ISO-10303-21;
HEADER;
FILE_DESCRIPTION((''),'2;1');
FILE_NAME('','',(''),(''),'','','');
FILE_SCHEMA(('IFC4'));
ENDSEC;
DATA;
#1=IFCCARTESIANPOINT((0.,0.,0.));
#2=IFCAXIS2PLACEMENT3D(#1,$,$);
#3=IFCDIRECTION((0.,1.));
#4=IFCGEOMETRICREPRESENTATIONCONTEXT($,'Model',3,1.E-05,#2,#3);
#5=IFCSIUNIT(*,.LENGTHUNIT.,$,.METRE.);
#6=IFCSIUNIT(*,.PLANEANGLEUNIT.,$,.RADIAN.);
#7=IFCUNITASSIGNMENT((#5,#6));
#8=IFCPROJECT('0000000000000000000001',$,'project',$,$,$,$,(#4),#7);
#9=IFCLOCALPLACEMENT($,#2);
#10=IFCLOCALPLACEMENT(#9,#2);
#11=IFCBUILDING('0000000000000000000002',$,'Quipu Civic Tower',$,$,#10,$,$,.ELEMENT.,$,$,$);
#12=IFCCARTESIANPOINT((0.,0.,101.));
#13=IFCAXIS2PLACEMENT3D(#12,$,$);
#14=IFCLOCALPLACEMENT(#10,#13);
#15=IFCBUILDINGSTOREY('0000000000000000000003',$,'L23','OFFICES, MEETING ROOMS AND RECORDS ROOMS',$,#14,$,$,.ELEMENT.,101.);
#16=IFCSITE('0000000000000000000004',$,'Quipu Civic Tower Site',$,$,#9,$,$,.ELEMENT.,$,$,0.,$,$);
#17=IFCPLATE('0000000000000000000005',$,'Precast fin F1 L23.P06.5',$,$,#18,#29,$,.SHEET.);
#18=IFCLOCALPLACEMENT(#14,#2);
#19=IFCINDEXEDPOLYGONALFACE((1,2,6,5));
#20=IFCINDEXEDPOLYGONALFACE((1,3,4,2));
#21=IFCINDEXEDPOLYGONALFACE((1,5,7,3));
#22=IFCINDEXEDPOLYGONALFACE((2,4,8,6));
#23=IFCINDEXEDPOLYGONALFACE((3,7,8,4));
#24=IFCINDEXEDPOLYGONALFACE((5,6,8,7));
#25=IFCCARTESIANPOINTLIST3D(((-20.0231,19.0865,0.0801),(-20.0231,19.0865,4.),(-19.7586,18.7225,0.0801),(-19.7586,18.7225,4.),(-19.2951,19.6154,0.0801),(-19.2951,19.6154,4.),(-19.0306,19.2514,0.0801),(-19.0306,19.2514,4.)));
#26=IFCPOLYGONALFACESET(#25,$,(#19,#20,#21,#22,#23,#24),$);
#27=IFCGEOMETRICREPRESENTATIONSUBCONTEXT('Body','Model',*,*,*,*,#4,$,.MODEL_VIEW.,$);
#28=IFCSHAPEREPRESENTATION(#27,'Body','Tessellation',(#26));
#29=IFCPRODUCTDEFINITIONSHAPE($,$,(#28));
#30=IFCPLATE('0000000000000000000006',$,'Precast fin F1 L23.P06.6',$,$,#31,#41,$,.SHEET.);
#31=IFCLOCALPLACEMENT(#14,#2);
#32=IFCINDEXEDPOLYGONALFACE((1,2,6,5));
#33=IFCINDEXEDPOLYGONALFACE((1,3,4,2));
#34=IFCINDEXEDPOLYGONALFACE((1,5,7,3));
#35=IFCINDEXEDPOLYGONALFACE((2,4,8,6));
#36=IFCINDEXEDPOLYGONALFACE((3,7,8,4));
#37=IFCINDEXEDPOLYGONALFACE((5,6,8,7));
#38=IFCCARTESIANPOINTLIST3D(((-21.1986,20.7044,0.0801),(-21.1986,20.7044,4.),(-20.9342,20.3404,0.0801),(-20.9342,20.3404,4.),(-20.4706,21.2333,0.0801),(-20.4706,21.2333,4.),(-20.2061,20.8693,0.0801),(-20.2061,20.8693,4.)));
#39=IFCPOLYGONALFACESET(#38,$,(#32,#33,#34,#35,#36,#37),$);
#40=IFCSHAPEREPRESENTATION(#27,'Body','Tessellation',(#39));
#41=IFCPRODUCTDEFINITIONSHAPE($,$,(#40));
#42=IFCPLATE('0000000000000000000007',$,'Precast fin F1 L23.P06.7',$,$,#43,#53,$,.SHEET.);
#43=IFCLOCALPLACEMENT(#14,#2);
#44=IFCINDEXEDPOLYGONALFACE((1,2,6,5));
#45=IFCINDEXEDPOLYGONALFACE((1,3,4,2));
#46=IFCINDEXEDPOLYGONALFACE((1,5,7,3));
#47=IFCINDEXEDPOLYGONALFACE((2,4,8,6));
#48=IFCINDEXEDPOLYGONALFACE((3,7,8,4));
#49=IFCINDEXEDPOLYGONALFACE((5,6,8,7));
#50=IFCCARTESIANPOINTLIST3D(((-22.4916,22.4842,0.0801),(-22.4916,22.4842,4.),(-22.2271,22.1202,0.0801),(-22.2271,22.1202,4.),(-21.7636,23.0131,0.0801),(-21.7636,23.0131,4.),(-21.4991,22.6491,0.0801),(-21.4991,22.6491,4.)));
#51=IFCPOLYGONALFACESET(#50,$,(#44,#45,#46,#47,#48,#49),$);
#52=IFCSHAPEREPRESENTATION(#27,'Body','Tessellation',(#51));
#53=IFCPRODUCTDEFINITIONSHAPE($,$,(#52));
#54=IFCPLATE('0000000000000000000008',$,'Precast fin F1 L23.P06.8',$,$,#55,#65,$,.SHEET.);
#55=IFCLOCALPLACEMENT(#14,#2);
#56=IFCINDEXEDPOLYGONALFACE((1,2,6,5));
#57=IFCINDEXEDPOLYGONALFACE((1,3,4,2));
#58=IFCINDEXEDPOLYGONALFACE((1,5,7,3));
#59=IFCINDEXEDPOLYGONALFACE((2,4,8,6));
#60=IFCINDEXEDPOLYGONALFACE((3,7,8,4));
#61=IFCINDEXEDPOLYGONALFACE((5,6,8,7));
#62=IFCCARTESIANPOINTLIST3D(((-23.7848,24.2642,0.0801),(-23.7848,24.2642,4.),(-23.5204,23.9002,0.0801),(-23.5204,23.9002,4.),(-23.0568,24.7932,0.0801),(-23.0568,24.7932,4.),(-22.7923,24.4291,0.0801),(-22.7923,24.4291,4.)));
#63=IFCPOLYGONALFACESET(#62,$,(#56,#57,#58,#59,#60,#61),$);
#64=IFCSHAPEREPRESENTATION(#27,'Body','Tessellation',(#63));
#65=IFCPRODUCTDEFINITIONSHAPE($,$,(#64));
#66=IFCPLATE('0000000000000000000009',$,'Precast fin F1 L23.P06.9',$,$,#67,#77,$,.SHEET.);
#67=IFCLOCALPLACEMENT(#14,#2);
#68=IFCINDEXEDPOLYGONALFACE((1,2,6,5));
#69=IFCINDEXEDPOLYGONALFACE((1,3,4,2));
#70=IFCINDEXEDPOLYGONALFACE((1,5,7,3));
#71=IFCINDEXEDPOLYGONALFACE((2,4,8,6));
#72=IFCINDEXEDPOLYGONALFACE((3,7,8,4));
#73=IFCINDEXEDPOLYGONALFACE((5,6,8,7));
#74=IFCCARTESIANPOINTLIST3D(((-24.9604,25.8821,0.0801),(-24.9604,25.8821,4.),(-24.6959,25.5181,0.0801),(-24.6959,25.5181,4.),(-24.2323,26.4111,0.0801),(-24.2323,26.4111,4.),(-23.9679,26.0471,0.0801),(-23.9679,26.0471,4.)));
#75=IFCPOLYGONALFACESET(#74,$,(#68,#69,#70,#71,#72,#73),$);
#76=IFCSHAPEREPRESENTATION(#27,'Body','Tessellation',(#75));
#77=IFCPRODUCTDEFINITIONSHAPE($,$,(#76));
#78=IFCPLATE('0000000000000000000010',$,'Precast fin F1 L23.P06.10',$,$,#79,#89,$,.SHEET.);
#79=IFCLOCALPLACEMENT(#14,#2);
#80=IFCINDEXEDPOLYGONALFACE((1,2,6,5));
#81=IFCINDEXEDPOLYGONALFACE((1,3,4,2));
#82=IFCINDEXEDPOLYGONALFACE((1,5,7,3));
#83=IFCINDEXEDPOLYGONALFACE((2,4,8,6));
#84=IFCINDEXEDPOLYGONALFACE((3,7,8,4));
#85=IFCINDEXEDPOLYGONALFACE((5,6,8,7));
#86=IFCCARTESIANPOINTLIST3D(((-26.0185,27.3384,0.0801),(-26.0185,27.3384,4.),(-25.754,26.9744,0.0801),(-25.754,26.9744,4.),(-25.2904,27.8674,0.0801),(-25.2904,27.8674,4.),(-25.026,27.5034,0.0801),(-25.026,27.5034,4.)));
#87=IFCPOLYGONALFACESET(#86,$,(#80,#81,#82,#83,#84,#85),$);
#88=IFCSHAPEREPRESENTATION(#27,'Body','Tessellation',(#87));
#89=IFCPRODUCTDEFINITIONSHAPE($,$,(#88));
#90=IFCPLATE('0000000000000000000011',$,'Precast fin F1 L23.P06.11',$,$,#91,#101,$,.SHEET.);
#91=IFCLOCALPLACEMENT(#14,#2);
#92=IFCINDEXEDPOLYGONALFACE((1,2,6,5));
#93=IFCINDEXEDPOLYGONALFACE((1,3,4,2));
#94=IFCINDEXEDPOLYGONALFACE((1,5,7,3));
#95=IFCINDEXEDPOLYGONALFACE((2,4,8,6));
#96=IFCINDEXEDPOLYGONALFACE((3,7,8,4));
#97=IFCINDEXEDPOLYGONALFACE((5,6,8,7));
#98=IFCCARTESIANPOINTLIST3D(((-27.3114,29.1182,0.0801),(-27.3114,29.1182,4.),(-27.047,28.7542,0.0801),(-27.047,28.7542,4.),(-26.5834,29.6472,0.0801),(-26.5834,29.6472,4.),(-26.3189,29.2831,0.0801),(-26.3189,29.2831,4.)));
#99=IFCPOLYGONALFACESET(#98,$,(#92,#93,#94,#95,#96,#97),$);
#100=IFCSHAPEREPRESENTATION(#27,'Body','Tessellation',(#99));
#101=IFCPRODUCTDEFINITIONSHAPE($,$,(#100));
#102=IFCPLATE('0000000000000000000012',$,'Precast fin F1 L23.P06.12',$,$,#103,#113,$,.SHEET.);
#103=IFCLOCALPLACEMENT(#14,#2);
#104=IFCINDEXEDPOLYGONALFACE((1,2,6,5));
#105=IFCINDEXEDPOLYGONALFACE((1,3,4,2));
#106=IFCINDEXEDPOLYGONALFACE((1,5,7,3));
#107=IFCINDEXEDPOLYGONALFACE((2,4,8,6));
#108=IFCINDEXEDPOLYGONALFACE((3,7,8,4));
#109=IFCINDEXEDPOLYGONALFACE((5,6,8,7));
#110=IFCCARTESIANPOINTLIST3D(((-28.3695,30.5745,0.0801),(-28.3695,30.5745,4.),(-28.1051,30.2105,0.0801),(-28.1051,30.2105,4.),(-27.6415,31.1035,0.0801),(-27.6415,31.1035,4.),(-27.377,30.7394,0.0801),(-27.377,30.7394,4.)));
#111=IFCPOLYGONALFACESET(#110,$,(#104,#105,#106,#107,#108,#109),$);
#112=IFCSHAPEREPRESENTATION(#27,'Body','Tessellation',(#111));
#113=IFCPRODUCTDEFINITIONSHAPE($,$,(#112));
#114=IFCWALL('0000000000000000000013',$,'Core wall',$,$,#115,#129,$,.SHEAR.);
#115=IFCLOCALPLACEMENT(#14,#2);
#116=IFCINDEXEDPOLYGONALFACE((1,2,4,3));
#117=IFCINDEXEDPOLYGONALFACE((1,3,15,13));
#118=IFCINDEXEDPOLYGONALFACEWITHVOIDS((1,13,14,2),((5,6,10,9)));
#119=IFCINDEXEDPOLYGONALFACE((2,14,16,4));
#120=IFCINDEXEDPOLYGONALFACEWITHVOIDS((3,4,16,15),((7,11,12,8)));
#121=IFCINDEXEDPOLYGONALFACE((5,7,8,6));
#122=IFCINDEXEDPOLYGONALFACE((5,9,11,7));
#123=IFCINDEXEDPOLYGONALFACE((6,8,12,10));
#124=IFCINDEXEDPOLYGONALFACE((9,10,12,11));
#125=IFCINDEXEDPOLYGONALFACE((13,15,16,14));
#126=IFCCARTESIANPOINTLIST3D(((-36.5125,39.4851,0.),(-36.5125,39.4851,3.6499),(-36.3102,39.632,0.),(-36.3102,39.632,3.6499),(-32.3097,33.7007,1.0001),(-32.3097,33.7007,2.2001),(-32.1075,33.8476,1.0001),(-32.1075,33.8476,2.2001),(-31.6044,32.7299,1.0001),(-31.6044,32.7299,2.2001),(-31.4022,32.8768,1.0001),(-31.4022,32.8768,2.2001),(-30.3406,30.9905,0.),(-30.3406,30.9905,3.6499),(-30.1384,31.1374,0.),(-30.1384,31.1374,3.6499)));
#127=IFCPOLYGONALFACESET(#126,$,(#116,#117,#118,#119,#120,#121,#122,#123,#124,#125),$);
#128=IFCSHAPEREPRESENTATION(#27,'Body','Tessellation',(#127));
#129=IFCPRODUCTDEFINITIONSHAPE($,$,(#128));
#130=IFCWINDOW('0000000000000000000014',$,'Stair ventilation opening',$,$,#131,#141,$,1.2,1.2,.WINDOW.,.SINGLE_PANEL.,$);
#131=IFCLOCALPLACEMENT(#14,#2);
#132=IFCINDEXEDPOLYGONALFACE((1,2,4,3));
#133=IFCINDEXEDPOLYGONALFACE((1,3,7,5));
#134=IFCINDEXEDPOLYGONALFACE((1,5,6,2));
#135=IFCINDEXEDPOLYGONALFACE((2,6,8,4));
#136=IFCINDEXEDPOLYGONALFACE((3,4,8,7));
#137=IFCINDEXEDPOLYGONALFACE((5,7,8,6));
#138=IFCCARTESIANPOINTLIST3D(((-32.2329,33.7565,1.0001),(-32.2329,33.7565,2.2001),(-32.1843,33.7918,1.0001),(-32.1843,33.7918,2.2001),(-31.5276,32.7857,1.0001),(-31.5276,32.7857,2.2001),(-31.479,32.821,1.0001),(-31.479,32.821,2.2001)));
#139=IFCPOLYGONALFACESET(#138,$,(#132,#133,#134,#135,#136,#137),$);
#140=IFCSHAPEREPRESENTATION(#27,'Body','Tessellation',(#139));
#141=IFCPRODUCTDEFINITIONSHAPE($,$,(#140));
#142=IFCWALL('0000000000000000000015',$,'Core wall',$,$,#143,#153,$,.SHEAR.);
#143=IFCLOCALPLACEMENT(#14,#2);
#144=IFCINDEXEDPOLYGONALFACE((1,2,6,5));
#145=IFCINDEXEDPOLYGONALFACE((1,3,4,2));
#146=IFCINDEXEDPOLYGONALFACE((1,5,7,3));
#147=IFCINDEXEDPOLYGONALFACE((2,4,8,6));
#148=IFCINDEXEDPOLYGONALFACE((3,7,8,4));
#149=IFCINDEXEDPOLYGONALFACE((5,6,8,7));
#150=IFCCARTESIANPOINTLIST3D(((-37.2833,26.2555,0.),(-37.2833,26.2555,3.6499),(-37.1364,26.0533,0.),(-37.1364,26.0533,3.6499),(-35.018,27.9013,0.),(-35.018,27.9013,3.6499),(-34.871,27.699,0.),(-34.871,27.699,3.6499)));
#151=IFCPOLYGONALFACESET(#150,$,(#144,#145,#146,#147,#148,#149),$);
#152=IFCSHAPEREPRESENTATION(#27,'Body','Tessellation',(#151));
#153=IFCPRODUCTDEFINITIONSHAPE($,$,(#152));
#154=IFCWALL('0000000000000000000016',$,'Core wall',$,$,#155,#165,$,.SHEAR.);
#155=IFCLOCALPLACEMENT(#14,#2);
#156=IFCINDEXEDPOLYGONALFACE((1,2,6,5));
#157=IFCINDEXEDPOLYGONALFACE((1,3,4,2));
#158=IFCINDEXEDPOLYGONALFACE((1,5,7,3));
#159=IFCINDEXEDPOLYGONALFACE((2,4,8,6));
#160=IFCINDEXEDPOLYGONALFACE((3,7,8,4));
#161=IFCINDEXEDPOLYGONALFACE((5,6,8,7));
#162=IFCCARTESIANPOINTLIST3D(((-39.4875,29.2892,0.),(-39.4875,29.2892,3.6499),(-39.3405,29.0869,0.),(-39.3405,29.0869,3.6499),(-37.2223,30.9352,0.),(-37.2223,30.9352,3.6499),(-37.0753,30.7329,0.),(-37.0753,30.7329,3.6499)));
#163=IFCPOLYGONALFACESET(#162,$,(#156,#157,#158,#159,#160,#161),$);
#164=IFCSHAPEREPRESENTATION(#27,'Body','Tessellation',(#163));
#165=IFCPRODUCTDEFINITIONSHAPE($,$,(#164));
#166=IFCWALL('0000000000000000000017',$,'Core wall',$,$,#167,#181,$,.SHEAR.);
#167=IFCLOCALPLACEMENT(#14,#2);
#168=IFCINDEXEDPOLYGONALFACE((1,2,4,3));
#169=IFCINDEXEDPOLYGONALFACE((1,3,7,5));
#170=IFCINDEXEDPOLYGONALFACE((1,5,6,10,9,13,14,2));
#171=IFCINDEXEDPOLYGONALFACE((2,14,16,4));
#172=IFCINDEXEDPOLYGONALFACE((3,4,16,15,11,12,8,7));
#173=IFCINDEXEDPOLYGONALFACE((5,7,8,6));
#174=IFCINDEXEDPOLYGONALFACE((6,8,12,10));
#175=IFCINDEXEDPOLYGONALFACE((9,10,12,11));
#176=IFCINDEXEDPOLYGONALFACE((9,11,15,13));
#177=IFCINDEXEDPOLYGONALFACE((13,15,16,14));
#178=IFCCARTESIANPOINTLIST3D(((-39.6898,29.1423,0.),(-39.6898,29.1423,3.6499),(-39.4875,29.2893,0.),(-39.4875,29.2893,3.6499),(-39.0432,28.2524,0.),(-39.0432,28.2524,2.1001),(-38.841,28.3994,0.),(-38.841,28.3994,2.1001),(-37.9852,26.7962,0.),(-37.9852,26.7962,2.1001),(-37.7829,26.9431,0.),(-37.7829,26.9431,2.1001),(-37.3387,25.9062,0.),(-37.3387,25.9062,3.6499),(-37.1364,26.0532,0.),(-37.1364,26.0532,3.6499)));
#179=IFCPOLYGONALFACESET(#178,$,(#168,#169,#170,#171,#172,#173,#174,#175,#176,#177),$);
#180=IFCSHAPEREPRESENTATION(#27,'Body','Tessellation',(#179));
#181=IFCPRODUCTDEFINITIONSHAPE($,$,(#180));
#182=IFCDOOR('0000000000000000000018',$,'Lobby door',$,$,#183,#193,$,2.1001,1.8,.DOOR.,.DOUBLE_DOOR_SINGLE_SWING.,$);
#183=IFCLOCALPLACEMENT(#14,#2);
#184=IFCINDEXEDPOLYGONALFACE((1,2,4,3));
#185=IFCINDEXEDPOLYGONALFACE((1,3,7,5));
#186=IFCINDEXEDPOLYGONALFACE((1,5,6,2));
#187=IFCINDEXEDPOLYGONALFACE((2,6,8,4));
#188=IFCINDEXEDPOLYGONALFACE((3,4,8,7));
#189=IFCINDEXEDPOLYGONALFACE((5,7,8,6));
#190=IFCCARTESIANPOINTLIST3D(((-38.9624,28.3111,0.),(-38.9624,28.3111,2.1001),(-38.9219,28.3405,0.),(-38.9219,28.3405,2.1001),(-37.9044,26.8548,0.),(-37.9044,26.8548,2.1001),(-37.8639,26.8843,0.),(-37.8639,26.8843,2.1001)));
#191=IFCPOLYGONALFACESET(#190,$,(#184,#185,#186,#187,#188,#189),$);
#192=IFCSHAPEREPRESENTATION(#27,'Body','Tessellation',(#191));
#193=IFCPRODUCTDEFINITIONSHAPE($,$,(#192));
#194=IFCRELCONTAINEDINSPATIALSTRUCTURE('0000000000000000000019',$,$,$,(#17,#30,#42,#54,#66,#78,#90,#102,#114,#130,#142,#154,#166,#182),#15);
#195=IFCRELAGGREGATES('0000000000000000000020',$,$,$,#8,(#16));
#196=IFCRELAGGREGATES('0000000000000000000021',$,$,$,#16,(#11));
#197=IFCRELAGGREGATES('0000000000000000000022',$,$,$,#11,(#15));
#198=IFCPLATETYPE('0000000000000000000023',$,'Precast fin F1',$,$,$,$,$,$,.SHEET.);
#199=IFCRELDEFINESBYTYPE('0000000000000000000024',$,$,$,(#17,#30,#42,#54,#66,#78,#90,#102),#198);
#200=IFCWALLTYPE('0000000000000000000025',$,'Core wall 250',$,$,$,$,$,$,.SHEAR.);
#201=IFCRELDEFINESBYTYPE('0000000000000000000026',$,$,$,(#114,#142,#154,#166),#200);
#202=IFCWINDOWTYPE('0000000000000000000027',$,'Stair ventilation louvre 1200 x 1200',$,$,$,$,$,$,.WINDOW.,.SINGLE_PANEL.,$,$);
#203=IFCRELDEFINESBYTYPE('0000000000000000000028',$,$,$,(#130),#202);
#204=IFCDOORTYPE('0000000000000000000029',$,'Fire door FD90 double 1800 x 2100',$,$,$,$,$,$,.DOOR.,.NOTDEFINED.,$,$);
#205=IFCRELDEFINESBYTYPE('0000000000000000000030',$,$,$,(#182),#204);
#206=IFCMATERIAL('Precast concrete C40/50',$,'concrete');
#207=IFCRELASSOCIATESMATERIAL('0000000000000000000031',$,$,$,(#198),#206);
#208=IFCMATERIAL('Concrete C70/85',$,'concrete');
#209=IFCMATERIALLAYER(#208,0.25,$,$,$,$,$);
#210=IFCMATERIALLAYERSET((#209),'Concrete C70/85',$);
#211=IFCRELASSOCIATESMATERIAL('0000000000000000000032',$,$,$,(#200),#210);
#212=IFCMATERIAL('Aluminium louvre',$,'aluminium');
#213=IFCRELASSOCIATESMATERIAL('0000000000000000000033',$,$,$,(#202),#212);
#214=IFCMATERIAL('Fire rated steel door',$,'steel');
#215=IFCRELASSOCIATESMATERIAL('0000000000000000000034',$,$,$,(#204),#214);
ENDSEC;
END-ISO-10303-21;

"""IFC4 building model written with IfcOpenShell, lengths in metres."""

from ifc_helpers import new_model, si_unit, direction, frame, frame_2d, origin, origin_2d, place, context, subcontext, project, spatial, rectangle, extrude, material, layer, layer_set, type_object, element, fill, save


model = new_model("IFC4")

# Units and contexts
model_context = context("Model", 3, precision=1e-05, world=origin(), true_north=direction((0.0, 1.0)))
body_context = subcontext(model_context, "Body", "Model", "MODEL_VIEW")
ifc_project = project(units=[si_unit("LENGTHUNIT", "METRE"), si_unit("PLANEANGLEUNIT", "RADIAN")], contexts=[model_context])

# Site, building, storey
site_placement = place(None, origin())
site = spatial("IfcSite", under=ifc_project, at=site_placement, Name="Quipu Civic Tower Site", CompositionType="ELEMENT", RefElevation=0.0)
building_placement = place(site_placement, origin())
building = spatial("IfcBuilding", under=site, at=building_placement, Name="Quipu Civic Tower", CompositionType="ELEMENT")
storey_placement = place(building_placement, frame((0.0, 0.0, 101.0)))
storey = spatial("IfcBuildingStorey", under=building, at=storey_placement, Name="L23", Description="OFFICES, MEETING ROOMS AND RECORDS ROOMS", CompositionType="ELEMENT", Elevation=101.0)

# Plates
ifc_material_1 = material(Name="Precast concrete C40/50", Category="concrete")
plate_type_1 = type_object("IfcPlateType", Name="Precast fin F1", PredefinedType="SHEET", material=ifc_material_1)
for number, where, z_axis, x_axis, name in (
    (1, (-19.5269, 19.1689, 0.0801), (0.0, 0.0, 1.0), (-0.587785, 0.809017, 0.0), "Precast fin F1 L23.P06.5"),
    (2, (-20.7024, 20.7869, 0.0801), (0.0, 0.0, 1.0), (-0.587785, 0.809017, 0.0), "Precast fin F1 L23.P06.6"),
    (3, (-21.9954, 22.5667, 0.0801), (0.0, 0.0, 1.0), (-0.587785, 0.809017, 0.0), "Precast fin F1 L23.P06.7"),
    (4, (-23.2886, 24.3467, 0.0801), (0.0, 0.0, 1.0), (-0.587785, 0.809017, 0.0), "Precast fin F1 L23.P06.8"),
    (5, (-24.4641, 25.9646, 0.0801), (0.0, 0.0, 1.0), (-0.587785, 0.809017, 0.0), "Precast fin F1 L23.P06.9"),
    (6, (-25.5222, 27.4209, 0.0801), (0.0, 0.0, 1.0), (-0.587785, 0.809017, 0.0), "Precast fin F1 L23.P06.10"),
    (7, (-26.8152, 29.2007, 0.0801), (0.0, 0.0, 1.0), (-0.587785, 0.809017, 0.0), "Precast fin F1 L23.P06.11"),
    (8, (-27.8733, 30.657, 0.0801), (0.0, 0.0, 1.0), (-0.587785, 0.809017, 0.0), "Precast fin F1 L23.P06.12"),
):
    element("IfcPlate", number, at=place(storey_placement, frame(where, z_axis=z_axis, x_axis=x_axis)), inside=storey, type_object=plate_type_1, Name=name, PredefinedType="SHEET", context=body_context, shape_type="SweptSolid", body=[
        extrude(rectangle(XDim=0.45, YDim=0.8999, at=origin_2d()), origin(), (0.0, 0.0, 1.0), 3.9199),
    ])

# Wall, opening, window
ifc_material_2 = material(Name="Concrete C70/85", Category="concrete")
ifc_layer_1 = layer(ifc_material_2, 0.25)
ifc_layer_set_1 = layer_set([ifc_layer_1], Name="Concrete C70/85")
wall_type_1 = type_object("IfcWallType", Name="Core wall 250", PredefinedType="SHEAR", material=ifc_layer_set_1)
wall_1_placement = place(storey_placement, frame((-30.2395, 31.064, 0.0), z_axis=(0.0, 0.0, 1.0), x_axis=(-0.587796, 0.809009, 0.0)))
wall_1 = element("IfcWall", 9, at=wall_1_placement, inside=storey, type_object=wall_type_1, Name="Core wall", PredefinedType="SHEAR", context=body_context, shape_type="SweptSolid", body=[
    extrude(rectangle(XDim=10.5, YDim=0.25, at=frame_2d((5.25, 0.0))), origin(), (0.0, 0.0, 1.0), 3.6499),
])
opening_1_placement = place(wall_1_placement, frame((2.1499, 0.0, 1.0)))
opening_1 = element("IfcOpeningElement", 10, at=opening_1_placement, cuts=wall_1, PredefinedType="OPENING", context=body_context, shape_type="SweptSolid", body=[
    extrude(rectangle(XDim=1.2, YDim=1.2, at=frame_2d((0.6001, 0.6001))), frame((0.0, 0.135, 0.0), z_axis=(0.0, -1.0, 0.0), x_axis=(1.0, 0.0, 0.0)), (0.0, 0.0, 1.0), 0.27),
])
ifc_material_3 = material(Name="Aluminium louvre", Category="aluminium")
window_type = type_object("IfcWindowType", Name="Stair ventilation louvre 1200 x 1200", PartitioningType="SINGLE_PANEL", PredefinedType="WINDOW", material=ifc_material_3)
window_placement = place(opening_1_placement, origin())
window = element("IfcWindow", 11, at=window_placement, inside=storey, type_object=window_type, Name="Stair ventilation opening", OverallHeight=1.2, OverallWidth=1.2, PartitioningType="SINGLE_PANEL", PredefinedType="WINDOW", context=body_context, shape_type="SweptSolid", body=[
    extrude(rectangle(XDim=1.2, YDim=1.2, at=frame_2d((0.6001, 0.6001))), frame((0.0, 0.03, 0.0), z_axis=(0.0, -1.0, 0.0), x_axis=(1.0, 0.0, 0.0)), (0.0, 0.0, 1.0), 0.0601),
])
fill(opening_1, window)

# Walls
for number, where, z_axis, x_axis, name in (
    (12, (-34.9446, 27.8, 0.0), (0.0, 0.0, 1.0), (-0.809041, -0.587752, 0.0), "Core wall"),
    (13, (-37.1489, 30.834, 0.0), (0.0, 0.0, 1.0), (-0.80897, -0.58785, 0.0), "Core wall"),
):
    element("IfcWall", number, at=place(storey_placement, frame(where, z_axis=z_axis, x_axis=x_axis)), inside=storey, type_object=wall_type_1, Name=name, PredefinedType="SHEAR", context=body_context, shape_type="SweptSolid", body=[
        extrude(rectangle(XDim=2.8, YDim=0.25, at=frame_2d((1.3999, 0.0))), origin(), (0.0, 0.0, 1.0), 3.6499),
    ])

# Wall, opening, door
wall_2_placement = place(storey_placement, frame((-39.5886, 29.2158, 0.0), z_axis=(0.0, 0.0, 1.0), x_axis=(0.587772, -0.809026, 0.0)))
wall_2 = element("IfcWall", 14, at=wall_2_placement, inside=storey, type_object=wall_type_1, Name="Core wall", PredefinedType="SHEAR", context=body_context, shape_type="SweptSolid", body=[
    extrude(rectangle(XDim=4.0, YDim=0.25, at=frame_2d((2.0, 0.0))), origin(), (0.0, 0.0, 1.0), 3.6499),
])
opening_2_placement = place(wall_2_placement, frame((1.1001, 0.0, 0.0)))
opening_2 = element("IfcOpeningElement", 15, at=opening_2_placement, cuts=wall_2, PredefinedType="OPENING", context=body_context, shape_type="SweptSolid", body=[
    extrude(rectangle(XDim=1.8, YDim=2.1001, at=frame_2d((0.8999, 1.05))), frame((0.0, 0.135, 0.0), z_axis=(0.0, -1.0, 0.0), x_axis=(1.0, 0.0, 0.0)), (0.0, 0.0, 1.0), 0.27),
])
ifc_material_4 = material(Name="Fire rated steel door", Category="steel")
door_type_1 = type_object("IfcDoorType", Name="Fire door FD90 double 1800 x 2100", OperationType="NOTDEFINED", PredefinedType="DOOR", material=ifc_material_4)
door_1_placement = place(opening_2_placement, origin())
door_1 = element("IfcDoor", 16, at=door_1_placement, inside=storey, type_object=door_type_1, Name="Lobby door", OperationType="DOUBLE_DOOR_SINGLE_SWING", OverallHeight=2.1001, OverallWidth=1.8, PredefinedType="DOOR", context=body_context, shape_type="SweptSolid", body=[
    extrude(rectangle(XDim=1.8, YDim=2.1001, at=frame_2d((0.8999, 1.05))), frame((0.0, 0.0249, 0.0), z_axis=(0.0, -1.0, 0.0), x_axis=(1.0, 0.0, 0.0)), (0.0, 0.0, 1.0), 0.05),
])
fill(opening_2, door_1)

save(model, "model.ifc")
